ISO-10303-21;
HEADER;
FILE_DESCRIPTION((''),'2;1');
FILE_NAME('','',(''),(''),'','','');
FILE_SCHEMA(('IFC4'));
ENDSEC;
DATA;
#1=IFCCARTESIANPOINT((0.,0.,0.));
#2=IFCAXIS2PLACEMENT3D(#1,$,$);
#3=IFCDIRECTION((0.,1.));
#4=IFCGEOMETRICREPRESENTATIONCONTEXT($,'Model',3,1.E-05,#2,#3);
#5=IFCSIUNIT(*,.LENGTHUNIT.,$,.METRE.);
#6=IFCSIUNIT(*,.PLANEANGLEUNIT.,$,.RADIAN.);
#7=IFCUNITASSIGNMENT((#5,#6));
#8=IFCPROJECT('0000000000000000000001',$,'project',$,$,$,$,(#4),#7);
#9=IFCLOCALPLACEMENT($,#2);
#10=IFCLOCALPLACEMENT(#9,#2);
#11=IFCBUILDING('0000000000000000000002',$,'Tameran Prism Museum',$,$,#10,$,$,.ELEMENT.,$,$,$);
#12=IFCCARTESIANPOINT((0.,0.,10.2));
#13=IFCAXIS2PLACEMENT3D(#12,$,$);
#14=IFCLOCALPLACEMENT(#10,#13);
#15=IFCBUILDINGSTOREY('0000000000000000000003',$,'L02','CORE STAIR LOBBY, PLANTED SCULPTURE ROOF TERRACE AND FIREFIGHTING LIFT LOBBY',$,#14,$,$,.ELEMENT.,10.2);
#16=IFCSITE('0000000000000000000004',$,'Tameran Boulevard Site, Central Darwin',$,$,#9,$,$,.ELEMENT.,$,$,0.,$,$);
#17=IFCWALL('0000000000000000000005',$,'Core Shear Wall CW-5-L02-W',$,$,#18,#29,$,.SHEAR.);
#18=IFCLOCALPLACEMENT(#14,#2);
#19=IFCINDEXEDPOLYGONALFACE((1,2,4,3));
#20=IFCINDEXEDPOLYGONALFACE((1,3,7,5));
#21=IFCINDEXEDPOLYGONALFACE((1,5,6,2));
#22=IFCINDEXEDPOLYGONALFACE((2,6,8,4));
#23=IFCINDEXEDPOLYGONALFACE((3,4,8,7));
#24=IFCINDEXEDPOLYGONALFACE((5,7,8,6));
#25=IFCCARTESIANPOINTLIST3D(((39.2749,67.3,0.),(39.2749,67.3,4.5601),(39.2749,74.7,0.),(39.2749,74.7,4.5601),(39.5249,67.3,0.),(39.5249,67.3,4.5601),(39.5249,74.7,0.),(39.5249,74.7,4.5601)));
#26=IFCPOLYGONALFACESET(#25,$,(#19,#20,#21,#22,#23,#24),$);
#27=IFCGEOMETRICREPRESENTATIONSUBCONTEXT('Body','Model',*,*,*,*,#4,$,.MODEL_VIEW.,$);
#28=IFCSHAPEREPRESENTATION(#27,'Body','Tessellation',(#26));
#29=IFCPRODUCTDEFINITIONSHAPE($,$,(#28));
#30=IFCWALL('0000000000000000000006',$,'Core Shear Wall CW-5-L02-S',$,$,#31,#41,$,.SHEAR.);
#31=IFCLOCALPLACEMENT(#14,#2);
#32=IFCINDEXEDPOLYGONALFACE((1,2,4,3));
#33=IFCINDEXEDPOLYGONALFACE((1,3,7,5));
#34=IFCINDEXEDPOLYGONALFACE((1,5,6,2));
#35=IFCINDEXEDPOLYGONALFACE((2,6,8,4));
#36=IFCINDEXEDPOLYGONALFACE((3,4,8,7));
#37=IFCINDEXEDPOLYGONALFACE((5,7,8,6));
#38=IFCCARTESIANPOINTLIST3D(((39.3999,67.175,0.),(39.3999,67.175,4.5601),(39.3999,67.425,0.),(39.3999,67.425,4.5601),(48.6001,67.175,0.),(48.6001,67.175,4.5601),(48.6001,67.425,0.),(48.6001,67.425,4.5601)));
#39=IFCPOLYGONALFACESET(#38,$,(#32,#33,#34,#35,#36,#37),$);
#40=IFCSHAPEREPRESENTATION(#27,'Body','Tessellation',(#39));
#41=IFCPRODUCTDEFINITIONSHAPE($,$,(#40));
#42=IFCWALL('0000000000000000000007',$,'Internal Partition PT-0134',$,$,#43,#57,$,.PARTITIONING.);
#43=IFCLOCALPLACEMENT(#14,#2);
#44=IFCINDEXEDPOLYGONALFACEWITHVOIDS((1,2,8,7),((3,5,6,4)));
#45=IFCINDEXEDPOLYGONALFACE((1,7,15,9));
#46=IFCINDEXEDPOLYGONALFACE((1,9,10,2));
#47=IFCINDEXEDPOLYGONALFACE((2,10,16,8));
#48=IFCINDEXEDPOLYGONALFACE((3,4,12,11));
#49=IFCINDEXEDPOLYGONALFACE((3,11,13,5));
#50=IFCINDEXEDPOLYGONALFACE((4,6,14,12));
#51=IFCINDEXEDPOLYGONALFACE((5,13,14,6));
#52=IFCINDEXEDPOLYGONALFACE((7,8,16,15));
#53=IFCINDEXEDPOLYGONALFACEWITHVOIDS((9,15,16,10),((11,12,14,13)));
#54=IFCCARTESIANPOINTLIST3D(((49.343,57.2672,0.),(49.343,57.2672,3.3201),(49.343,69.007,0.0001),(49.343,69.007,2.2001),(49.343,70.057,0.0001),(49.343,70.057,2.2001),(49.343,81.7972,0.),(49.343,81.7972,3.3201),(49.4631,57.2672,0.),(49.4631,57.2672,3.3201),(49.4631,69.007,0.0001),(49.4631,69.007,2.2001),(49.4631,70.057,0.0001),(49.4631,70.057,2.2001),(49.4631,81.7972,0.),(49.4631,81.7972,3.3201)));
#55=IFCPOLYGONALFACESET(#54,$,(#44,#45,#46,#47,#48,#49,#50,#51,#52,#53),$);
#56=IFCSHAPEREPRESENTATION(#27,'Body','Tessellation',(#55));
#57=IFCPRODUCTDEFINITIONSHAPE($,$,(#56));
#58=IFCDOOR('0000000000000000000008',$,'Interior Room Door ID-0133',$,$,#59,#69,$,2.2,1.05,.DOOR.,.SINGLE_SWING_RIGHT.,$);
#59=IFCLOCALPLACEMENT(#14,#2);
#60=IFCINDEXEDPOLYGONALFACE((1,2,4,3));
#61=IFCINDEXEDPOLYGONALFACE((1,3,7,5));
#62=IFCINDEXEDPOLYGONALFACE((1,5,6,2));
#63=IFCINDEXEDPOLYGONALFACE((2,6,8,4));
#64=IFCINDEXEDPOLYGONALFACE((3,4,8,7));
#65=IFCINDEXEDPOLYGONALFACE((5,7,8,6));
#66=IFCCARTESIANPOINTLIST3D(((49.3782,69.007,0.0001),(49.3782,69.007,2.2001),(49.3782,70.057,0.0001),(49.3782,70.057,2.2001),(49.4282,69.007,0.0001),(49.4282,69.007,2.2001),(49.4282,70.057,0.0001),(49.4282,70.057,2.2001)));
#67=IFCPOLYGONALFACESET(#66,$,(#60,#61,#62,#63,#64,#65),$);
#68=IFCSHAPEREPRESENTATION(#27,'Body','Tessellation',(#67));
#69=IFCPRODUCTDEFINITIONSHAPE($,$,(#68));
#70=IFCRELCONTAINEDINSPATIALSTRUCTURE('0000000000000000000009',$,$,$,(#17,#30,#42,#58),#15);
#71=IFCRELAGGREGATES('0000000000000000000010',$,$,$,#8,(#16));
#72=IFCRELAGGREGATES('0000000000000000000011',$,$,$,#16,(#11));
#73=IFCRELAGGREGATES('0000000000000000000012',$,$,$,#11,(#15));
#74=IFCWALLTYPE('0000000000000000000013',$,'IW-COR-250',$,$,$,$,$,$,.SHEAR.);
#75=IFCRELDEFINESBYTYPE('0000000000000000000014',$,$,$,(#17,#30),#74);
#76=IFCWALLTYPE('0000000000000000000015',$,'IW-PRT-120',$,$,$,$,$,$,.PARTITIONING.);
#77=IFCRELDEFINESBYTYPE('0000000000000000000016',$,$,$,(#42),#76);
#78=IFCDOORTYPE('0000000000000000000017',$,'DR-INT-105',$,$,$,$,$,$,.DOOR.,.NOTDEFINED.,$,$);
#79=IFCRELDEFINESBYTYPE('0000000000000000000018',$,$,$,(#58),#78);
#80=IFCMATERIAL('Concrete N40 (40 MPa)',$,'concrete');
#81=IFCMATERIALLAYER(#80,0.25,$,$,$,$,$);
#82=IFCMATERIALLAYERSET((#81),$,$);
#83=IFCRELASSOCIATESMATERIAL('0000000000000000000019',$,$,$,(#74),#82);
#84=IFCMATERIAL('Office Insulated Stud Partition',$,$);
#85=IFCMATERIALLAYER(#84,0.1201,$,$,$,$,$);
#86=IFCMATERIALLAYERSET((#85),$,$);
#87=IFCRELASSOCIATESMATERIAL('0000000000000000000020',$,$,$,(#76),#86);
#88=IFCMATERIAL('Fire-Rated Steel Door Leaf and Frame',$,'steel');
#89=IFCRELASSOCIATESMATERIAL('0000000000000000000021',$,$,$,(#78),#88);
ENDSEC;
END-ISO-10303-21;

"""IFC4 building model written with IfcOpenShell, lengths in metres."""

from ifc_helpers import new_model, si_unit, direction, frame, frame_2d, origin, place, context, subcontext, project, spatial, rectangle, extrude, material, layer, layer_set, type_object, element, fill, save


model = new_model("IFC4")

# Units and contexts
model_context = context("Model", 3, precision=1e-05, world=origin(), true_north=direction((0.0, 1.0)))
body_context = subcontext(model_context, "Body", "Model", "MODEL_VIEW")
ifc_project = project(units=[si_unit("LENGTHUNIT", "METRE"), si_unit("PLANEANGLEUNIT", "RADIAN")], contexts=[model_context])

# Site, building, storey
site_placement = place(None, origin())
site = spatial("IfcSite", under=ifc_project, at=site_placement, Name="Tameran Boulevard Site, Central Darwin", CompositionType="ELEMENT", RefElevation=0.0)
building_placement = place(site_placement, origin())
building = spatial("IfcBuilding", under=site, at=building_placement, Name="Tameran Prism Museum", CompositionType="ELEMENT")
storey_placement = place(building_placement, frame((0.0, 0.0, 10.2)))
storey = spatial("IfcBuildingStorey", under=building, at=storey_placement, Name="L02", Description="CORE STAIR LOBBY, PLANTED SCULPTURE ROOF TERRACE AND FIREFIGHTING LIFT LOBBY", CompositionType="ELEMENT", Elevation=10.2)

# Walls
ifc_material_1 = material(Name="Concrete N40 (40 MPa)", Category="concrete")
ifc_layer_1 = layer(ifc_material_1, 0.25)
ifc_layer_set_1 = layer_set([ifc_layer_1])
wall_type_1 = type_object("IfcWallType", Name="IW-COR-250", PredefinedType="SHEAR", material=ifc_layer_set_1)
wall_1_placement = place(storey_placement, frame((39.3999, 67.3, 0.0), z_axis=(0.0, 0.0, 1.0), x_axis=(0.0, 1.0, 0.0)))
element("IfcWall", 1, at=wall_1_placement, inside=storey, type_object=wall_type_1, Name="Core Shear Wall CW-5-L02-W", PredefinedType="SHEAR", context=body_context, shape_type="SweptSolid", body=[
    extrude(rectangle(XDim=7.3999, YDim=0.25, at=frame_2d((3.7, 0.0))), origin(), (0.0, 0.0, 1.0), 4.5601),
])
wall_2_placement = place(storey_placement, frame((48.6001, 67.3, 0.0), z_axis=(0.0, 0.0, 1.0), x_axis=(-1.0, 0.0, 0.0)))
element("IfcWall", 2, at=wall_2_placement, inside=storey, type_object=wall_type_1, Name="Core Shear Wall CW-5-L02-S", PredefinedType="SHEAR", context=body_context, shape_type="SweptSolid", body=[
    extrude(rectangle(XDim=9.2002, YDim=0.25, at=frame_2d((4.6001, 0.0))), origin(), (0.0, 0.0, 1.0), 4.5601),
])

# Wall, opening, door
ifc_material_2 = material(Name="Office Insulated Stud Partition")
ifc_layer_2 = layer(ifc_material_2, 0.1201)
ifc_layer_set_2 = layer_set([ifc_layer_2])
wall_type_2 = type_object("IfcWallType", Name="IW-PRT-120", PredefinedType="PARTITIONING", material=ifc_layer_set_2)
wall_3_placement = place(storey_placement, frame((49.4031, 57.2671, 0.0), z_axis=(0.0, 0.0, 1.0), x_axis=(0.0, 1.0, 0.0)))
wall_3 = element("IfcWall", 3, at=wall_3_placement, inside=storey, type_object=wall_type_2, Name="Internal Partition PT-0134", PredefinedType="PARTITIONING", context=body_context, shape_type="SweptSolid", body=[
    extrude(rectangle(XDim=24.53, YDim=0.1201, at=frame_2d((12.2651, 0.0))), origin(), (0.0, 0.0, 1.0), 3.3201),
])
opening_placement = place(wall_3_placement, frame((11.74, 0.0, 0.0)))
opening = element("IfcOpeningElement", 4, at=opening_placement, cuts=wall_3, PredefinedType="OPENING", context=body_context, shape_type="SweptSolid", body=[
    extrude(rectangle(XDim=1.05, YDim=2.2, at=frame_2d((0.5249, 1.1001))), frame((0.0, 0.0701, 0.0), z_axis=(0.0, -1.0, 0.0), x_axis=(1.0, 0.0, 0.0)), (0.0, 0.0, 1.0), 0.1401),
])
ifc_material_3 = material(Name="Fire-Rated Steel Door Leaf and Frame", Category="steel")
door_type = type_object("IfcDoorType", Name="DR-INT-105", OperationType="NOTDEFINED", PredefinedType="DOOR", material=ifc_material_3)
door_placement = place(opening_placement, origin())
door = element("IfcDoor", 5, at=door_placement, inside=storey, type_object=door_type, Name="Interior Room Door ID-0133", OperationType="SINGLE_SWING_RIGHT", OverallHeight=2.2, OverallWidth=1.05, PredefinedType="DOOR", context=body_context, shape_type="SweptSolid", body=[
    extrude(rectangle(XDim=1.05, YDim=2.2, at=frame_2d((0.5249, 1.1001))), frame((0.0, 0.0249, 0.0), z_axis=(0.0, -1.0, 0.0), x_axis=(1.0, 0.0, 0.0)), (0.0, 0.0, 1.0), 0.05),
])
fill(opening, door)

save(model, "model.ifc")
